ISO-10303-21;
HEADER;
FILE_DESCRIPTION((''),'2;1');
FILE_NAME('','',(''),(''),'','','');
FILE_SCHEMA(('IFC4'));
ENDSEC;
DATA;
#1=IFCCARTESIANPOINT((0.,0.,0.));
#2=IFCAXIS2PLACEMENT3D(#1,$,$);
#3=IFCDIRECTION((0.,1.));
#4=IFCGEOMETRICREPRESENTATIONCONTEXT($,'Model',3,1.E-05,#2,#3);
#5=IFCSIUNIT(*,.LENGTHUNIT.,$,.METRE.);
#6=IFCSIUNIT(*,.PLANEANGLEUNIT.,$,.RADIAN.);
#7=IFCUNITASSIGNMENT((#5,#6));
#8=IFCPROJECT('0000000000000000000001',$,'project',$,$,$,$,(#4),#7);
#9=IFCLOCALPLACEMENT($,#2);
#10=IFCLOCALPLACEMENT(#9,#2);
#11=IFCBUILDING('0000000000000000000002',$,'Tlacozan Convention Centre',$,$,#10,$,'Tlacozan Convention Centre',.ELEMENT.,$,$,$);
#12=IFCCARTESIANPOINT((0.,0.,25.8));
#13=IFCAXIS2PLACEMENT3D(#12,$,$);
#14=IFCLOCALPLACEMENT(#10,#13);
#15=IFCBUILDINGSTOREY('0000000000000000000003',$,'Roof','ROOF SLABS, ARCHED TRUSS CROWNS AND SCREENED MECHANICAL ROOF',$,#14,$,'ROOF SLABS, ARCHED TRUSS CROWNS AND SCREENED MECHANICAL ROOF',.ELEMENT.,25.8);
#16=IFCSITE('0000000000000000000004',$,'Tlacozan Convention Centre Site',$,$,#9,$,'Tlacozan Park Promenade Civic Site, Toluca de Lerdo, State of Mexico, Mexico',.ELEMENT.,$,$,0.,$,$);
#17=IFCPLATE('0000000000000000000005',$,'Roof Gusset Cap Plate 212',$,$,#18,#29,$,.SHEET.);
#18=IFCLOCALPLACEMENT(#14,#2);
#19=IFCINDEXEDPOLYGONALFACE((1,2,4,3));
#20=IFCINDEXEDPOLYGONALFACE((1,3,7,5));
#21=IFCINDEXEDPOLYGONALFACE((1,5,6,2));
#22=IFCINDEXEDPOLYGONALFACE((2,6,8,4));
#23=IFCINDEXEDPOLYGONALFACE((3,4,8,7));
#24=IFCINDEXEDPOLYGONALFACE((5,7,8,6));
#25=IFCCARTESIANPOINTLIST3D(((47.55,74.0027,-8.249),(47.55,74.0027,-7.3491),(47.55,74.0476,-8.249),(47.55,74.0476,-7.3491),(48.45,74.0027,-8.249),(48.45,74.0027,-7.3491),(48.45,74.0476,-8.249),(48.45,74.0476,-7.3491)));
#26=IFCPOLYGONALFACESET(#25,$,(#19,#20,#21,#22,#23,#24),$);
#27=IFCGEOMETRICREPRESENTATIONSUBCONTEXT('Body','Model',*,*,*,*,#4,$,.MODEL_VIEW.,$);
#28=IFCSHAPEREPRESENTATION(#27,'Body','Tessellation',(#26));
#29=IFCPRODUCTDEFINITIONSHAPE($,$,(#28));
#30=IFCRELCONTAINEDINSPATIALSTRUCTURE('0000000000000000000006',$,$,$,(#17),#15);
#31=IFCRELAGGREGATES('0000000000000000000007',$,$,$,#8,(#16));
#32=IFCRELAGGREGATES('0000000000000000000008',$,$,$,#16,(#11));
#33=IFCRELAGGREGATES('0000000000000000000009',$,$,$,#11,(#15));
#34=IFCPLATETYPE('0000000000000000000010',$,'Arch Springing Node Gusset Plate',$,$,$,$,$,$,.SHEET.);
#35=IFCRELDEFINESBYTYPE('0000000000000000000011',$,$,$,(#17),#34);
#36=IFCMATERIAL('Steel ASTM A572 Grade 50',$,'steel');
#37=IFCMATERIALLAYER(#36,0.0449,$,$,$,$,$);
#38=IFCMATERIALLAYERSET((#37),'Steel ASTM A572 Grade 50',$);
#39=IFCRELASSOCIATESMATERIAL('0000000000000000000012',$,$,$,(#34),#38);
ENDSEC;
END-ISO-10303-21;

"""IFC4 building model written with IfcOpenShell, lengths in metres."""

from ifc_helpers import new_model, si_unit, direction, frame, origin, origin_2d, place, context, subcontext, project, spatial, rectangle, extrude, material, layer, layer_set, type_object, element, save


model = new_model("IFC4")

# Units and contexts
model_context = context("Model", 3, precision=1e-05, world=origin(), true_north=direction((0.0, 1.0)))
body_context = subcontext(model_context, "Body", "Model", "MODEL_VIEW")
ifc_project = project(units=[si_unit("LENGTHUNIT", "METRE"), si_unit("PLANEANGLEUNIT", "RADIAN")], contexts=[model_context])

# Site, building, storey
site_placement = place(None, origin())
site = spatial("IfcSite", under=ifc_project, at=site_placement, Name="Tlacozan Convention Centre Site", LongName="Tlacozan Park Promenade Civic Site, Toluca de Lerdo, State of Mexico, Mexico", CompositionType="ELEMENT", RefElevation=0.0)
building_placement = place(site_placement, origin())
building = spatial("IfcBuilding", under=site, at=building_placement, Name="Tlacozan Convention Centre", LongName="Tlacozan Convention Centre", CompositionType="ELEMENT")
storey_placement = place(building_placement, frame((0.0, 0.0, 25.8)))
storey = spatial("IfcBuildingStorey", under=building, at=storey_placement, Name="Roof", Description="ROOF SLABS, ARCHED TRUSS CROWNS AND SCREENED MECHANICAL ROOF", LongName="ROOF SLABS, ARCHED TRUSS CROWNS AND SCREENED MECHANICAL ROOF", CompositionType="ELEMENT", Elevation=25.8)

# Plate
ifc_material_1 = material(Name="Steel ASTM A572 Grade 50", Category="steel")
ifc_layer = layer(ifc_material_1, 0.0449)
ifc_layer_set = layer_set([ifc_layer], Name="Steel ASTM A572 Grade 50")
plate_type = type_object("IfcPlateType", Name="Arch Springing Node Gusset Plate", PredefinedType="SHEET", material=ifc_layer_set)
for number, where, z_axis, x_axis, name in (
    (1, (48.0, 74.0251, -8.249), (0.0, 0.0, 1.0), (0.0, 1.0, 0.0), "Roof Gusset Cap Plate 212"),
):
    element("IfcPlate", number, at=place(storey_placement, frame(where, z_axis=z_axis, x_axis=x_axis)), inside=storey, type_object=plate_type, Name=name, PredefinedType="SHEET", context=body_context, shape_type="SweptSolid", body=[
        extrude(rectangle(XDim=0.0449, YDim=0.8999, at=origin_2d()), origin(), (0.0, 0.0, 1.0), 0.8999),
    ])

save(model, "model.ifc")
